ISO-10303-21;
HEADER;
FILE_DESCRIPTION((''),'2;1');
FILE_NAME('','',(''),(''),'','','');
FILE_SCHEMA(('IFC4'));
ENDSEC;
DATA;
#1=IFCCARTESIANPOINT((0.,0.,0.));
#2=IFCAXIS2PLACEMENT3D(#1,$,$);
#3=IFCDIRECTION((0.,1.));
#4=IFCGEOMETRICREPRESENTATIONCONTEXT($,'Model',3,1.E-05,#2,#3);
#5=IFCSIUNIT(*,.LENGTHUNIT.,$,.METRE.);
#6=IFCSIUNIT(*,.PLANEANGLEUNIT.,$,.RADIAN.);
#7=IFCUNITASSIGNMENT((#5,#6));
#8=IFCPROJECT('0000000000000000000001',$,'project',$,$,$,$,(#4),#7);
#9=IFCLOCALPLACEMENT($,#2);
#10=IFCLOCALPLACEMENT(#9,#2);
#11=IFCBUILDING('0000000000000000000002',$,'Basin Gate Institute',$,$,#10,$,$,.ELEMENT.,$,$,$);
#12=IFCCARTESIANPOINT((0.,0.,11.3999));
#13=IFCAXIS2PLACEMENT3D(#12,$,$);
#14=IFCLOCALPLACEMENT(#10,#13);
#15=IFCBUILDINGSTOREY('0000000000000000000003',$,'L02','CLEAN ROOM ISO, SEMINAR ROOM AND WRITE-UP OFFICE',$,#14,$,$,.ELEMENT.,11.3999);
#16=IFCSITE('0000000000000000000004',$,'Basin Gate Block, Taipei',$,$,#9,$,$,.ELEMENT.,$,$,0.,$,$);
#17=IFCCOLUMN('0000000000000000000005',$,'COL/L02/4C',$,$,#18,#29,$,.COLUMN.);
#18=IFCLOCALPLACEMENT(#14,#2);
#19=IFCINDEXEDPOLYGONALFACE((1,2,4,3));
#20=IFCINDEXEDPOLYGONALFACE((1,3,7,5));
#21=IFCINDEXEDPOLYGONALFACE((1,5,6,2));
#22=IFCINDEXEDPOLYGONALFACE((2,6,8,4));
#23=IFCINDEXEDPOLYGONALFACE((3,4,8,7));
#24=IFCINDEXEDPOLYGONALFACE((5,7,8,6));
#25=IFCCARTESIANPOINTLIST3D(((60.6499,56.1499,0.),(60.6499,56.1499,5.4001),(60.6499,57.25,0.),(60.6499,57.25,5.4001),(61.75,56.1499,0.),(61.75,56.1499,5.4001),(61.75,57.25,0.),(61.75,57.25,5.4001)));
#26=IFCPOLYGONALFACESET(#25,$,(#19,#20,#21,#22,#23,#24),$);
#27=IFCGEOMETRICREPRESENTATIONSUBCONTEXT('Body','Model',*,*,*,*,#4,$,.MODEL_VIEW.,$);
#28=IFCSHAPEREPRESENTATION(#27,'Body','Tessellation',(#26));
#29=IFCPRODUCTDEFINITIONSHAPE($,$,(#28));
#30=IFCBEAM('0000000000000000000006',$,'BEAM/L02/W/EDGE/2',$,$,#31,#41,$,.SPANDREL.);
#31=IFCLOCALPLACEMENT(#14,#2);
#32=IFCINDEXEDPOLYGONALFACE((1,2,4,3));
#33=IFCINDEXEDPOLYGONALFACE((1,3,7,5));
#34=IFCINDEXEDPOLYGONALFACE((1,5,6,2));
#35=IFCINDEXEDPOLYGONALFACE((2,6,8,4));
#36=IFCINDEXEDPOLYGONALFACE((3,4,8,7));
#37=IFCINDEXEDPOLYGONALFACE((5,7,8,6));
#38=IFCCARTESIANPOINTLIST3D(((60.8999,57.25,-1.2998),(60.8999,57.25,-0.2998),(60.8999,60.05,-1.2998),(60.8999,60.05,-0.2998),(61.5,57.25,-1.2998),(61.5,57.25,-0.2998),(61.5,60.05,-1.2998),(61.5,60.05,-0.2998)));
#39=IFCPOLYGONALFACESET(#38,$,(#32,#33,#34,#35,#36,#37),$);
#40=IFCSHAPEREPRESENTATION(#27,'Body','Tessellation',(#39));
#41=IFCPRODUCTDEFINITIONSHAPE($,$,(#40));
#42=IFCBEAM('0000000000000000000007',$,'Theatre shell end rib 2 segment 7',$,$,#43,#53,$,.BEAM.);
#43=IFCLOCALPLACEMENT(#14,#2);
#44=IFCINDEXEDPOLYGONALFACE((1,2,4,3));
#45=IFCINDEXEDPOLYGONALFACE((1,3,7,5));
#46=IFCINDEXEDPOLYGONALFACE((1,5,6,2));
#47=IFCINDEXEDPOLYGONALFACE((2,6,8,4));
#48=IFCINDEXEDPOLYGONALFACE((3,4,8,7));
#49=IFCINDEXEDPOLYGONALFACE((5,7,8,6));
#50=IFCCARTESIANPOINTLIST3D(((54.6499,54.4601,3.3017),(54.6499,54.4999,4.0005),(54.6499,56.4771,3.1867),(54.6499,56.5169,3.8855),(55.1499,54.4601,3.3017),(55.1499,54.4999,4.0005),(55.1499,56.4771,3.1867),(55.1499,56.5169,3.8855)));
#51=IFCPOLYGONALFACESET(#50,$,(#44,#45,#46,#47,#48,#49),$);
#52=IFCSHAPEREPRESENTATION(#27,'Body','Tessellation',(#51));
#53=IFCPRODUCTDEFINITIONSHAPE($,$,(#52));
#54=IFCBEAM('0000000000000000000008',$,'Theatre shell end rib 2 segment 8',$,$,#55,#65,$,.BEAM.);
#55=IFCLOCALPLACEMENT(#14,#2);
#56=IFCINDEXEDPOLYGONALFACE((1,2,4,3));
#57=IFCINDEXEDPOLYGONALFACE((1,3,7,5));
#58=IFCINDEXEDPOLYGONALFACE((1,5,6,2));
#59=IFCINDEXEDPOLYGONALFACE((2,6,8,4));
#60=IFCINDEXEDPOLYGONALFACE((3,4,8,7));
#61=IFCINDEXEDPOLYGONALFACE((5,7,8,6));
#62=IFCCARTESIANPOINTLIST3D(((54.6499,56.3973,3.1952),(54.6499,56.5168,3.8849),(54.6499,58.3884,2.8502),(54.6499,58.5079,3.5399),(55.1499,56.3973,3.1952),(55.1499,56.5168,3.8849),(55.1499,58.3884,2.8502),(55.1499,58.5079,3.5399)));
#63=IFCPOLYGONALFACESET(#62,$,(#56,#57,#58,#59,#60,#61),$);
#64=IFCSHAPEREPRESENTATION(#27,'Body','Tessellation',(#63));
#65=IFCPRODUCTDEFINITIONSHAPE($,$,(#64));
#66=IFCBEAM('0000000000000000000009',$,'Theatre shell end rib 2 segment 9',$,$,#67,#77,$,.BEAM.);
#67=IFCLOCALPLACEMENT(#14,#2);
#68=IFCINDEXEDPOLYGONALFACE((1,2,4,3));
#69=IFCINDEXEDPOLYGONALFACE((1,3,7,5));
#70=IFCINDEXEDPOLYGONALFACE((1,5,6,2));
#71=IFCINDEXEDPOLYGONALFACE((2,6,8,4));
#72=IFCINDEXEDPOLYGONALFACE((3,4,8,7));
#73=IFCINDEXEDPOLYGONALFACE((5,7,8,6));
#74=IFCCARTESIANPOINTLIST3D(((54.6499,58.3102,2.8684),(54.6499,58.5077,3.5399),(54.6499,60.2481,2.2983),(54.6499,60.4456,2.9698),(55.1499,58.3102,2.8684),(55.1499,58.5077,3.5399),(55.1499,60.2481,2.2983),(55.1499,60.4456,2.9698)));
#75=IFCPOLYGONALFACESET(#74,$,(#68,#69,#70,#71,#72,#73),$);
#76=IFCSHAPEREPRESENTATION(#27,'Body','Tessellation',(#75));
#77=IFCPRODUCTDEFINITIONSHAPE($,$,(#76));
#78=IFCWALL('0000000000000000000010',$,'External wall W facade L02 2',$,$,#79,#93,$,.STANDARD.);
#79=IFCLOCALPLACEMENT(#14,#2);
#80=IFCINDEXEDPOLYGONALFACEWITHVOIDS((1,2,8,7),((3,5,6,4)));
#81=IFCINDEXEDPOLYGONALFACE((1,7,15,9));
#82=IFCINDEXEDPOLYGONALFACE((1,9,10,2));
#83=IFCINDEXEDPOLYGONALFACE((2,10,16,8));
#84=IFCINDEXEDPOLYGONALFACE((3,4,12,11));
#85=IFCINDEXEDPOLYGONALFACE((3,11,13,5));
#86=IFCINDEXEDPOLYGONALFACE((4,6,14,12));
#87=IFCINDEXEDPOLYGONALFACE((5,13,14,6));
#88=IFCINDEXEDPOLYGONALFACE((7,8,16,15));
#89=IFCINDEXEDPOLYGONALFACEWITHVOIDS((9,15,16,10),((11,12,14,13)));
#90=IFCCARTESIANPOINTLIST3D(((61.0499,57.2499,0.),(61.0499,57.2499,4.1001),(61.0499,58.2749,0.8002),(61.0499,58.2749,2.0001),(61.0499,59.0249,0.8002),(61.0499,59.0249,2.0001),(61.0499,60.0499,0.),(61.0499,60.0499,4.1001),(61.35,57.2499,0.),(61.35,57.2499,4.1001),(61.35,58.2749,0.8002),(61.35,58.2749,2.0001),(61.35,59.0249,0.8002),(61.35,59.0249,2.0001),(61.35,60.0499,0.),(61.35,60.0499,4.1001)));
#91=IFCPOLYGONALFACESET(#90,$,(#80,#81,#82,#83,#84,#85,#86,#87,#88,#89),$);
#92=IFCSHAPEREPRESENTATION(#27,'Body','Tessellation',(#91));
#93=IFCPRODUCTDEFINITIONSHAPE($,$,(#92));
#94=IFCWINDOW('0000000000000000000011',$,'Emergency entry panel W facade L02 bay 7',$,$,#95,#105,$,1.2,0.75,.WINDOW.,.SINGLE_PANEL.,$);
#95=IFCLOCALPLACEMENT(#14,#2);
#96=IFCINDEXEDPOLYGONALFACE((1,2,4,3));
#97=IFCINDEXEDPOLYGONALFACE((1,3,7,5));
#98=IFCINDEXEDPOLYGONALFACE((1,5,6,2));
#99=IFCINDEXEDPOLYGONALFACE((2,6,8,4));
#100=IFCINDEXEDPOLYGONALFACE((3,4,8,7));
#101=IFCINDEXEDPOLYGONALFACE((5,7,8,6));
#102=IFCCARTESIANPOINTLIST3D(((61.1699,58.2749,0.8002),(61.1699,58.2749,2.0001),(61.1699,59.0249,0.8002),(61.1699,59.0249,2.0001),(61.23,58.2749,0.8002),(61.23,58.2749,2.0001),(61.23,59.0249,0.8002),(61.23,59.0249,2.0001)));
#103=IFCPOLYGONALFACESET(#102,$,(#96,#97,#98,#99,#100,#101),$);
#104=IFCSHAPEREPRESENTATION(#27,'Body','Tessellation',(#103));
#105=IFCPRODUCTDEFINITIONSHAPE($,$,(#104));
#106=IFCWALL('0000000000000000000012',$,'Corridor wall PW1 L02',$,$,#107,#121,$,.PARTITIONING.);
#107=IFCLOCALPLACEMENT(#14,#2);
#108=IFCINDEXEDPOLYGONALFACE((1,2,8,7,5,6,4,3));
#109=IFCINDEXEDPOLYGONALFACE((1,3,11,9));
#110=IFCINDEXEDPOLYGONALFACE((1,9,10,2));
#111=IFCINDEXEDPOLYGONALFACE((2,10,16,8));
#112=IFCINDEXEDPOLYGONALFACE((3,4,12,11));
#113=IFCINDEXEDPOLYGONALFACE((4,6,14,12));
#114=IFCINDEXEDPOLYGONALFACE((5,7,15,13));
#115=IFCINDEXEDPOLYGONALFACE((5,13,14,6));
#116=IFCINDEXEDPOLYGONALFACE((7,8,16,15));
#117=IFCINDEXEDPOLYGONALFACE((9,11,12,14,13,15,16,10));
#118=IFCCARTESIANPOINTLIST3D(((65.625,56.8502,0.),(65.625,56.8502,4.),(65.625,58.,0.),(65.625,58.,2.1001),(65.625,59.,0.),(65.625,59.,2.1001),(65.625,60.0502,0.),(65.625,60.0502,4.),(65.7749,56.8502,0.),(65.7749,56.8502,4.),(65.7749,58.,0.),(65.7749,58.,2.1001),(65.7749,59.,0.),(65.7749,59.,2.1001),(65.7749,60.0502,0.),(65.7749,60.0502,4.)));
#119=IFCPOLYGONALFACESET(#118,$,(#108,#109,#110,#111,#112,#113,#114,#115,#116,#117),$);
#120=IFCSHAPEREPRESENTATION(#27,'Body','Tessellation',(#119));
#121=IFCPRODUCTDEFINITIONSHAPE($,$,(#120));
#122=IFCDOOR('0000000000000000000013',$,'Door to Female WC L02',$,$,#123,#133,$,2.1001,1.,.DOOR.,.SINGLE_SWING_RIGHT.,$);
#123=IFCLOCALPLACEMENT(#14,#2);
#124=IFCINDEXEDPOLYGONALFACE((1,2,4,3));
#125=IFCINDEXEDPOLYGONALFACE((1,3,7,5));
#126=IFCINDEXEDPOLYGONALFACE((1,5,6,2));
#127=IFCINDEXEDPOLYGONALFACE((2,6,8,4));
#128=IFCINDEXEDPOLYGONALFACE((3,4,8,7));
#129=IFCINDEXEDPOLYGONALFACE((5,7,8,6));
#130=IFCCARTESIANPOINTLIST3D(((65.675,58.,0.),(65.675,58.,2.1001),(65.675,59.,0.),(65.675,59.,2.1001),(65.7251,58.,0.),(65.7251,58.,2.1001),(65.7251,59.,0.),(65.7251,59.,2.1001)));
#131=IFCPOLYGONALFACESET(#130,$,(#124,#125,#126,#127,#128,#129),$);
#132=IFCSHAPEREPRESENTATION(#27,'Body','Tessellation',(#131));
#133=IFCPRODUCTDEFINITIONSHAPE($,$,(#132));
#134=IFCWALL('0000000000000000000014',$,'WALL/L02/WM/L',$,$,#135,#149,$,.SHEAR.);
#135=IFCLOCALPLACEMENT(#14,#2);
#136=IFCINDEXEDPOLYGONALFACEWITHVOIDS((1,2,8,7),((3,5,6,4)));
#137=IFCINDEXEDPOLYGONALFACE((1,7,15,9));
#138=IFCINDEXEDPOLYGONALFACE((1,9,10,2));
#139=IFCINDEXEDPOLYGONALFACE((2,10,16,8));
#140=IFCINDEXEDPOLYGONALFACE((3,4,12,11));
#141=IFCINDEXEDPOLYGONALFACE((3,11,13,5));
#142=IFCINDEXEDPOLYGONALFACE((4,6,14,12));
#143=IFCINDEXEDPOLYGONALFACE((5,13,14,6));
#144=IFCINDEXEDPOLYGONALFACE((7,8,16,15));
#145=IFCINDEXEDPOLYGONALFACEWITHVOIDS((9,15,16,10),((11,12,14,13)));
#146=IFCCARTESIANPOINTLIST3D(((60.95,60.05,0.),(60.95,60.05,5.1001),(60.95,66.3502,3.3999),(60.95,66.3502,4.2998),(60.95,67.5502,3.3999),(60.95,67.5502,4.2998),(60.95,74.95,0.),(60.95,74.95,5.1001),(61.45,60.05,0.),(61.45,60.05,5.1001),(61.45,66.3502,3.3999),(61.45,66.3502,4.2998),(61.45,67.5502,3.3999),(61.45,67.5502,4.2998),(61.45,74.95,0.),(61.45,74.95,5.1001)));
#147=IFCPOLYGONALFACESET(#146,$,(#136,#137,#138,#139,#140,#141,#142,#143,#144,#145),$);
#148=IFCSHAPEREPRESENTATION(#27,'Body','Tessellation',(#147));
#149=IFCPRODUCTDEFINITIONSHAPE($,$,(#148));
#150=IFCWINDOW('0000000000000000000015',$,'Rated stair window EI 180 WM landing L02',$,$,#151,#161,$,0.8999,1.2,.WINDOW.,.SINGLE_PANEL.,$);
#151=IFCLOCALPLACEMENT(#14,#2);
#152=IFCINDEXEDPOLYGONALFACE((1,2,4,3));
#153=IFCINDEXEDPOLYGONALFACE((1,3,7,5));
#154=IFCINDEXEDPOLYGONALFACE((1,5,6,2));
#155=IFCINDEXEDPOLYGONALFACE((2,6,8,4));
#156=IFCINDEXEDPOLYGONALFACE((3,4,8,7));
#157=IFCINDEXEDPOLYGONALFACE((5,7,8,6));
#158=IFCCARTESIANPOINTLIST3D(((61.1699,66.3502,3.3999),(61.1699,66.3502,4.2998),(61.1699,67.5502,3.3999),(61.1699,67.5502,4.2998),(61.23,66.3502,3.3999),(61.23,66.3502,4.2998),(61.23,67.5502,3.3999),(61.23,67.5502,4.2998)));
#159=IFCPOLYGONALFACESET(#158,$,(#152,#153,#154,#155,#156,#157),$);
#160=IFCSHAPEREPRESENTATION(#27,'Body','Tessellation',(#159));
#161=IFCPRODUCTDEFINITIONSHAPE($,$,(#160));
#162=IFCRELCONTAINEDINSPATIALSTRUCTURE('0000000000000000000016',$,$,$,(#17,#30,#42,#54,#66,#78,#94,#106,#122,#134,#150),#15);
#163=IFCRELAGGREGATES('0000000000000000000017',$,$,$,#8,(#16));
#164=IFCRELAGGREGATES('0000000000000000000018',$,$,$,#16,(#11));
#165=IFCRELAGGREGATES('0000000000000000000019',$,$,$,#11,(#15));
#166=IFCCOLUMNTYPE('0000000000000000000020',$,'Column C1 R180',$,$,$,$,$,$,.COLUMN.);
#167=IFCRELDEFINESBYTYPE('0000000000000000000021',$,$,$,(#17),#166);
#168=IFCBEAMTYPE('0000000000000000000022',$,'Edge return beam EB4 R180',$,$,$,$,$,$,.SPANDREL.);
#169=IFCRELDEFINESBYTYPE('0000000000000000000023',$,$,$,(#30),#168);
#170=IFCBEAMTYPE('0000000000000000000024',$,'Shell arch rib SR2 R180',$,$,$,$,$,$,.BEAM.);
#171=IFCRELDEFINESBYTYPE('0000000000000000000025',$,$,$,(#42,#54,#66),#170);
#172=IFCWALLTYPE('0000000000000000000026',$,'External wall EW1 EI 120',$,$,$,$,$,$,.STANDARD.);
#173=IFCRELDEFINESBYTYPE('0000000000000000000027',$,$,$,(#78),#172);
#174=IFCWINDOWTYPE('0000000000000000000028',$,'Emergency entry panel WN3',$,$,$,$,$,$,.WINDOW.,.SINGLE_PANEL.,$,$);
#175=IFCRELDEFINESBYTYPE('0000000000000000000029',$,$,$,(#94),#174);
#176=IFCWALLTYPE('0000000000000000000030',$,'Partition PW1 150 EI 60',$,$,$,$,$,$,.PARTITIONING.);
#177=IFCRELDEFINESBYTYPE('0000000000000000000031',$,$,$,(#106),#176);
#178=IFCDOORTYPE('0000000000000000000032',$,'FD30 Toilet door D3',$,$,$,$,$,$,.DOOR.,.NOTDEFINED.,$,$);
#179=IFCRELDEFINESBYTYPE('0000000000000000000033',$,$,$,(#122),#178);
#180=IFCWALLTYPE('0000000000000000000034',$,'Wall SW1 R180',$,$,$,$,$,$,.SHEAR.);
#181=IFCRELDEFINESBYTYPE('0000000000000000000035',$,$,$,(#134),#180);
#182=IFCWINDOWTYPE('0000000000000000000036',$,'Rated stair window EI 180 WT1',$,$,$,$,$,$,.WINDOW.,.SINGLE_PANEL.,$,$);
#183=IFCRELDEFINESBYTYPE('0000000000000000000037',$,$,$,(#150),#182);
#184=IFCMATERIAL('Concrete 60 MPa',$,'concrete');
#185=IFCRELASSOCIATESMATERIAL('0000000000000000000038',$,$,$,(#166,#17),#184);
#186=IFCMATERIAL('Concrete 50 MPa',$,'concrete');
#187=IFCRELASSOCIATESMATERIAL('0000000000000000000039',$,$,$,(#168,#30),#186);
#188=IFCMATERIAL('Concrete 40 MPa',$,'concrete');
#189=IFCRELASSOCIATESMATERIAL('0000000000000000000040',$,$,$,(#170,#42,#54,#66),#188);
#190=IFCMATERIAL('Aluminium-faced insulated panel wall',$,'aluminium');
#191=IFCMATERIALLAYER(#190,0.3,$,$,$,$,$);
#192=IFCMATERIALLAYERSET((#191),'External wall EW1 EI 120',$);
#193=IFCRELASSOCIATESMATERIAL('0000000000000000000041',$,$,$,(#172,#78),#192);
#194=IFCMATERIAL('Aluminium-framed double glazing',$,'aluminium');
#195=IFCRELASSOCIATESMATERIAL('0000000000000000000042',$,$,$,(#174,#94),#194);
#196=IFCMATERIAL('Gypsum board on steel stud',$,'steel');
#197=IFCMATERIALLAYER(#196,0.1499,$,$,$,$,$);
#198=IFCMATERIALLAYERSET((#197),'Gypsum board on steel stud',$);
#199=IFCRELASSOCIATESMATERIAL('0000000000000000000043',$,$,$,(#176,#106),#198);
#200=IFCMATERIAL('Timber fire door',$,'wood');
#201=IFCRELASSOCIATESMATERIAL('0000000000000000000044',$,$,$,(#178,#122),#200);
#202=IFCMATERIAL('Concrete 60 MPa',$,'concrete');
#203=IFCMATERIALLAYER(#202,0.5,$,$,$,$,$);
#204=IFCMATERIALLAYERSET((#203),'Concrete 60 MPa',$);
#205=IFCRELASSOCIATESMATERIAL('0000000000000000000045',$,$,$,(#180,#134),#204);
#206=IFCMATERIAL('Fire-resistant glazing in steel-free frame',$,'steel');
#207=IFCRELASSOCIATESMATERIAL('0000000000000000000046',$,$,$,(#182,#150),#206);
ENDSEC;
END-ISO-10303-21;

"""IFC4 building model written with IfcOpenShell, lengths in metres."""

from ifc_helpers import new_model, si_unit, direction, frame, frame_2d, origin, origin_2d, place, context, subcontext, project, spatial, rectangle, extrude, material, layer, layer_set, material_profile, profile_set, type_object, element, fill, save


model = new_model("IFC4")

# Units and contexts
model_context = context("Model", 3, precision=1e-05, world=origin(), true_north=direction((0.0, 1.0)))
body_context = subcontext(model_context, "Body", "Model", "MODEL_VIEW")
ifc_project = project(units=[si_unit("LENGTHUNIT", "METRE"), si_unit("PLANEANGLEUNIT", "RADIAN")], contexts=[model_context])

# Site, building, storey
site_placement = place(None, origin())
site = spatial("IfcSite", under=ifc_project, at=site_placement, Name="Basin Gate Block, Taipei", CompositionType="ELEMENT", RefElevation=0.0)
building_placement = place(site_placement, origin())
building = spatial("IfcBuilding", under=site, at=building_placement, Name="Basin Gate Institute", CompositionType="ELEMENT")
storey_placement = place(building_placement, frame((0.0, 0.0, 11.3999)))
storey = spatial("IfcBuildingStorey", under=building, at=storey_placement, Name="L02", Description="CLEAN ROOM ISO, SEMINAR ROOM AND WRITE-UP OFFICE", CompositionType="ELEMENT", Elevation=11.3999)

# Column
ifc_material_1 = material(Name="Concrete 60 MPa", Category="concrete")
ifc_material_profile_1 = material_profile(ifc_material_1, rectangle(XDim=1.1001, YDim=1.1001, at=origin_2d()), Name="Column C1 1100 x 1100")
ifc_profile_set_1 = profile_set([ifc_material_profile_1], Name="Concrete 60 MPa")
column_type = type_object("IfcColumnType", Name="Column C1 R180", PredefinedType="COLUMN", material=ifc_profile_set_1)
column_placement = place(storey_placement, frame((61.2, 56.7, 0.0), z_axis=(0.0, 0.0, 1.0), x_axis=(1.0, 0.0, 0.0)))
element("IfcColumn", 1, at=column_placement, inside=storey, type_object=column_type, material=ifc_profile_set_1, Name="COL/L02/4C", PredefinedType="COLUMN", context=body_context, shape_type="SweptSolid", body=[
    extrude(rectangle(XDim=1.1001, YDim=1.1001, at=origin_2d()), origin(), (0.0, 0.0, 1.0), 5.4001),
])

# Beams
ifc_material_2 = material(Name="Concrete 50 MPa", Category="concrete")
ifc_material_profile_2 = material_profile(ifc_material_2, rectangle(XDim=0.6001, YDim=1.0, at=origin_2d()), Name="Edge return beam EB4 600 x 1000")
ifc_profile_set_2 = profile_set([ifc_material_profile_2], Name="Concrete 50 MPa")
beam_type_1 = type_object("IfcBeamType", Name="Edge return beam EB4 R180", PredefinedType="SPANDREL", material=ifc_profile_set_2)
beam_1_placement = place(storey_placement, frame((61.2, 57.25, -0.7998), z_axis=(0.0, 1.0, 0.0), x_axis=(-1.0, 0.0, 0.0)))
element("IfcBeam", 2, at=beam_1_placement, inside=storey, type_object=beam_type_1, material=ifc_profile_set_2, Name="BEAM/L02/W/EDGE/2", PredefinedType="SPANDREL", context=body_context, shape_type="SweptSolid", body=[
    extrude(rectangle(XDim=0.6001, YDim=1.0, at=origin_2d()), origin(), (0.0, 0.0, 1.0), 2.8),
])
ifc_material_3 = material(Name="Concrete 40 MPa", Category="concrete")
ifc_material_profile_3 = material_profile(ifc_material_3, rectangle(XDim=0.5, YDim=0.7, at=origin_2d()), Name="Shell arch rib SR2 500 x 700")
ifc_profile_set_3 = profile_set([ifc_material_profile_3], Name="Concrete 40 MPa")
beam_type_2 = type_object("IfcBeamType", Name="Shell arch rib SR2 R180", PredefinedType="BEAM", material=ifc_profile_set_3)
beam_2_placement = place(storey_placement, frame((54.8999, 54.48, 3.6511), z_axis=(0.0, 0.998379, -0.056916), x_axis=(-1.0, 0.0, 0.0)))
element("IfcBeam", 3, at=beam_2_placement, inside=storey, type_object=beam_type_2, material=ifc_profile_set_3, Name="Theatre shell end rib 2 segment 7", PredefinedType="BEAM", context=body_context, shape_type="SweptSolid", body=[
    extrude(rectangle(XDim=0.5, YDim=0.7, at=origin_2d()), origin(), (0.0, 0.0, 1.0), 2.0203),
])
beam_3_placement = place(storey_placement, frame((54.8999, 56.457, 3.54), z_axis=(0.0, 0.985319, -0.170724), x_axis=(-1.0, 0.0, 0.0)))
element("IfcBeam", 4, at=beam_3_placement, inside=storey, type_object=beam_type_2, material=ifc_profile_set_3, Name="Theatre shell end rib 2 segment 8", PredefinedType="BEAM", context=body_context, shape_type="SweptSolid", body=[
    extrude(rectangle(XDim=0.5, YDim=0.7, at=origin_2d()), origin(), (0.0, 0.0, 1.0), 2.0208),
])
beam_4_placement = place(storey_placement, frame((54.8999, 58.4089, 3.2041), z_axis=(0.0, 0.959356, -0.282199), x_axis=(-1.0, 0.0, 0.0)))
element("IfcBeam", 5, at=beam_4_placement, inside=storey, type_object=beam_type_2, material=ifc_profile_set_3, Name="Theatre shell end rib 2 segment 9", PredefinedType="BEAM", context=body_context, shape_type="SweptSolid", body=[
    extrude(rectangle(XDim=0.5, YDim=0.7, at=origin_2d()), origin(), (0.0, 0.0, 1.0), 2.02),
])

# Wall, opening, window
ifc_material_4 = material(Name="Aluminium-faced insulated panel wall", Category="aluminium")
ifc_layer_1 = layer(ifc_material_4, 0.3)
ifc_layer_set_1 = layer_set([ifc_layer_1], Name="External wall EW1 EI 120")
wall_type_1 = type_object("IfcWallType", Name="External wall EW1 EI 120", PredefinedType="STANDARD", material=ifc_layer_set_1)
wall_1_placement = place(storey_placement, frame((61.2, 57.25, 0.0), z_axis=(0.0, 0.0, 1.0), x_axis=(0.0, 1.0, 0.0)))
wall_1 = element("IfcWall", 6, at=wall_1_placement, inside=storey, type_object=wall_type_1, material=ifc_layer_set_1, Name="External wall W facade L02 2", PredefinedType="STANDARD", context=body_context, shape_type="SweptSolid", body=[
    extrude(rectangle(XDim=2.8, YDim=0.3, at=frame_2d((1.3999, 0.0))), origin(), (0.0, 0.0, 1.0), 4.1001),
])
opening_1_placement = place(wall_1_placement, frame((1.0249, 0.0, 0.8)))
opening_1 = element("IfcOpeningElement", 7, at=opening_1_placement, cuts=wall_1, PredefinedType="OPENING", context=body_context, shape_type="SweptSolid", body=[
    extrude(rectangle(XDim=0.75, YDim=1.2, at=frame_2d((0.375, 0.6001))), frame((0.0, 0.1602, 0.0), z_axis=(0.0, -1.0, 0.0), x_axis=(1.0, 0.0, 0.0)), (0.0, 0.0, 1.0), 0.3201),
])
ifc_material_5 = material(Name="Aluminium-framed double glazing", Category="aluminium")
window_type_1 = type_object("IfcWindowType", Name="Emergency entry panel WN3", PartitioningType="SINGLE_PANEL", PredefinedType="WINDOW", material=ifc_material_5)
window_1_placement = place(opening_1_placement, origin())
window_1 = element("IfcWindow", 8, at=window_1_placement, inside=storey, type_object=window_type_1, material=ifc_material_5, Name="Emergency entry panel W facade L02 bay 7", OverallHeight=1.2, OverallWidth=0.75, PartitioningType="SINGLE_PANEL", PredefinedType="WINDOW", context=body_context, shape_type="SweptSolid", body=[
    extrude(rectangle(XDim=0.75, YDim=1.2, at=frame_2d((0.375, 0.6001))), frame((0.0, 0.03, 0.0), z_axis=(0.0, -1.0, 0.0), x_axis=(1.0, 0.0, 0.0)), (0.0, 0.0, 1.0), 0.0601),
])
fill(opening_1, window_1)

# Wall, opening, door
ifc_material_6 = material(Name="Gypsum board on steel stud", Category="steel")
ifc_layer_2 = layer(ifc_material_6, 0.1499)
ifc_layer_set_2 = layer_set([ifc_layer_2], Name="Gypsum board on steel stud")
wall_type_2 = type_object("IfcWallType", Name="Partition PW1 150 EI 60", PredefinedType="PARTITIONING", material=ifc_layer_set_2)
wall_2_placement = place(storey_placement, frame((65.7, 56.8501, 0.0), z_axis=(0.0, 0.0, 1.0), x_axis=(0.0, 1.0, 0.0)))
wall_2 = element("IfcWall", 9, at=wall_2_placement, inside=storey, type_object=wall_type_2, material=ifc_layer_set_2, Name="Corridor wall PW1 L02", PredefinedType="PARTITIONING", context=body_context, shape_type="SweptSolid", body=[
    extrude(rectangle(XDim=3.2, YDim=0.1499, at=frame_2d((1.6001, 0.0))), origin(), (0.0, 0.0, 1.0), 4.0),
])
opening_2_placement = place(wall_2_placement, frame((1.1499, 0.0, 0.0)))
opening_2 = element("IfcOpeningElement", 10, at=opening_2_placement, cuts=wall_2, PredefinedType="OPENING", context=body_context, shape_type="SweptSolid", body=[
    extrude(rectangle(XDim=1.0, YDim=2.1001, at=frame_2d((0.5, 1.05))), frame((0.0, 0.085, 0.0), z_axis=(0.0, -1.0, 0.0), x_axis=(1.0, 0.0, 0.0)), (0.0, 0.0, 1.0), 0.1699),
])
ifc_material_7 = material(Name="Timber fire door", Category="wood")
door_type_1 = type_object("IfcDoorType", Name="FD30 Toilet door D3", OperationType="NOTDEFINED", PredefinedType="DOOR", material=ifc_material_7)
door_1_placement = place(opening_2_placement, origin())
door_1 = element("IfcDoor", 11, at=door_1_placement, inside=storey, type_object=door_type_1, material=ifc_material_7, Name="Door to Female WC L02", OperationType="SINGLE_SWING_RIGHT", OverallHeight=2.1001, OverallWidth=1.0, PredefinedType="DOOR", context=body_context, shape_type="SweptSolid", body=[
    extrude(rectangle(XDim=1.0, YDim=2.1001, at=frame_2d((0.5, 1.05))), frame((0.0, 0.0249, 0.0), z_axis=(0.0, -1.0, 0.0), x_axis=(1.0, 0.0, 0.0)), (0.0, 0.0, 1.0), 0.05),
])
fill(opening_2, door_1)

# Wall, opening, window
ifc_material_8 = material(Name="Concrete 60 MPa", Category="concrete")
ifc_layer_3 = layer(ifc_material_8, 0.5)
ifc_layer_set_3 = layer_set([ifc_layer_3], Name="Concrete 60 MPa")
wall_type_3 = type_object("IfcWallType", Name="Wall SW1 R180", PredefinedType="SHEAR", material=ifc_layer_set_3)
wall_3_placement = place(storey_placement, frame((61.2, 60.05, 0.0), z_axis=(0.0, 0.0, 1.0), x_axis=(0.0, 1.0, 0.0)))
wall_3 = element("IfcWall", 12, at=wall_3_placement, inside=storey, type_object=wall_type_3, material=ifc_layer_set_3, Name="WALL/L02/WM/L", PredefinedType="SHEAR", context=body_context, shape_type="SweptSolid", body=[
    extrude(rectangle(XDim=14.8999, YDim=0.5, at=frame_2d((7.45, 0.0))), origin(), (0.0, 0.0, 1.0), 5.1001),
])
opening_3_placement = place(wall_3_placement, frame((6.3, 0.0, 3.3999)))
opening_3 = element("IfcOpeningElement", 13, at=opening_3_placement, cuts=wall_3, PredefinedType="OPENING", context=body_context, shape_type="SweptSolid", body=[
    extrude(rectangle(XDim=1.2, YDim=0.8999, at=frame_2d((0.6001, 0.45))), frame((0.0, 0.26, 0.0), z_axis=(0.0, -1.0, 0.0), x_axis=(1.0, 0.0, 0.0)), (0.0, 0.0, 1.0), 0.52),
])
ifc_material_9 = material(Name="Fire-resistant glazing in steel-free frame", Category="steel")
window_type_2 = type_object("IfcWindowType", Name="Rated stair window EI 180 WT1", PartitioningType="SINGLE_PANEL", PredefinedType="WINDOW", material=ifc_material_9)
window_2_placement = place(opening_3_placement, origin())
window_2 = element("IfcWindow", 14, at=window_2_placement, inside=storey, type_object=window_type_2, material=ifc_material_9, Name="Rated stair window EI 180 WM landing L02", OverallHeight=0.8999, OverallWidth=1.2, PartitioningType="SINGLE_PANEL", PredefinedType="WINDOW", context=body_context, shape_type="SweptSolid", body=[
    extrude(rectangle(XDim=1.2, YDim=0.8999, at=frame_2d((0.6001, 0.45))), frame((0.0, 0.03, 0.0), z_axis=(0.0, -1.0, 0.0), x_axis=(1.0, 0.0, 0.0)), (0.0, 0.0, 1.0), 0.0601),
])
fill(opening_3, window_2)

save(model, "model.ifc")
